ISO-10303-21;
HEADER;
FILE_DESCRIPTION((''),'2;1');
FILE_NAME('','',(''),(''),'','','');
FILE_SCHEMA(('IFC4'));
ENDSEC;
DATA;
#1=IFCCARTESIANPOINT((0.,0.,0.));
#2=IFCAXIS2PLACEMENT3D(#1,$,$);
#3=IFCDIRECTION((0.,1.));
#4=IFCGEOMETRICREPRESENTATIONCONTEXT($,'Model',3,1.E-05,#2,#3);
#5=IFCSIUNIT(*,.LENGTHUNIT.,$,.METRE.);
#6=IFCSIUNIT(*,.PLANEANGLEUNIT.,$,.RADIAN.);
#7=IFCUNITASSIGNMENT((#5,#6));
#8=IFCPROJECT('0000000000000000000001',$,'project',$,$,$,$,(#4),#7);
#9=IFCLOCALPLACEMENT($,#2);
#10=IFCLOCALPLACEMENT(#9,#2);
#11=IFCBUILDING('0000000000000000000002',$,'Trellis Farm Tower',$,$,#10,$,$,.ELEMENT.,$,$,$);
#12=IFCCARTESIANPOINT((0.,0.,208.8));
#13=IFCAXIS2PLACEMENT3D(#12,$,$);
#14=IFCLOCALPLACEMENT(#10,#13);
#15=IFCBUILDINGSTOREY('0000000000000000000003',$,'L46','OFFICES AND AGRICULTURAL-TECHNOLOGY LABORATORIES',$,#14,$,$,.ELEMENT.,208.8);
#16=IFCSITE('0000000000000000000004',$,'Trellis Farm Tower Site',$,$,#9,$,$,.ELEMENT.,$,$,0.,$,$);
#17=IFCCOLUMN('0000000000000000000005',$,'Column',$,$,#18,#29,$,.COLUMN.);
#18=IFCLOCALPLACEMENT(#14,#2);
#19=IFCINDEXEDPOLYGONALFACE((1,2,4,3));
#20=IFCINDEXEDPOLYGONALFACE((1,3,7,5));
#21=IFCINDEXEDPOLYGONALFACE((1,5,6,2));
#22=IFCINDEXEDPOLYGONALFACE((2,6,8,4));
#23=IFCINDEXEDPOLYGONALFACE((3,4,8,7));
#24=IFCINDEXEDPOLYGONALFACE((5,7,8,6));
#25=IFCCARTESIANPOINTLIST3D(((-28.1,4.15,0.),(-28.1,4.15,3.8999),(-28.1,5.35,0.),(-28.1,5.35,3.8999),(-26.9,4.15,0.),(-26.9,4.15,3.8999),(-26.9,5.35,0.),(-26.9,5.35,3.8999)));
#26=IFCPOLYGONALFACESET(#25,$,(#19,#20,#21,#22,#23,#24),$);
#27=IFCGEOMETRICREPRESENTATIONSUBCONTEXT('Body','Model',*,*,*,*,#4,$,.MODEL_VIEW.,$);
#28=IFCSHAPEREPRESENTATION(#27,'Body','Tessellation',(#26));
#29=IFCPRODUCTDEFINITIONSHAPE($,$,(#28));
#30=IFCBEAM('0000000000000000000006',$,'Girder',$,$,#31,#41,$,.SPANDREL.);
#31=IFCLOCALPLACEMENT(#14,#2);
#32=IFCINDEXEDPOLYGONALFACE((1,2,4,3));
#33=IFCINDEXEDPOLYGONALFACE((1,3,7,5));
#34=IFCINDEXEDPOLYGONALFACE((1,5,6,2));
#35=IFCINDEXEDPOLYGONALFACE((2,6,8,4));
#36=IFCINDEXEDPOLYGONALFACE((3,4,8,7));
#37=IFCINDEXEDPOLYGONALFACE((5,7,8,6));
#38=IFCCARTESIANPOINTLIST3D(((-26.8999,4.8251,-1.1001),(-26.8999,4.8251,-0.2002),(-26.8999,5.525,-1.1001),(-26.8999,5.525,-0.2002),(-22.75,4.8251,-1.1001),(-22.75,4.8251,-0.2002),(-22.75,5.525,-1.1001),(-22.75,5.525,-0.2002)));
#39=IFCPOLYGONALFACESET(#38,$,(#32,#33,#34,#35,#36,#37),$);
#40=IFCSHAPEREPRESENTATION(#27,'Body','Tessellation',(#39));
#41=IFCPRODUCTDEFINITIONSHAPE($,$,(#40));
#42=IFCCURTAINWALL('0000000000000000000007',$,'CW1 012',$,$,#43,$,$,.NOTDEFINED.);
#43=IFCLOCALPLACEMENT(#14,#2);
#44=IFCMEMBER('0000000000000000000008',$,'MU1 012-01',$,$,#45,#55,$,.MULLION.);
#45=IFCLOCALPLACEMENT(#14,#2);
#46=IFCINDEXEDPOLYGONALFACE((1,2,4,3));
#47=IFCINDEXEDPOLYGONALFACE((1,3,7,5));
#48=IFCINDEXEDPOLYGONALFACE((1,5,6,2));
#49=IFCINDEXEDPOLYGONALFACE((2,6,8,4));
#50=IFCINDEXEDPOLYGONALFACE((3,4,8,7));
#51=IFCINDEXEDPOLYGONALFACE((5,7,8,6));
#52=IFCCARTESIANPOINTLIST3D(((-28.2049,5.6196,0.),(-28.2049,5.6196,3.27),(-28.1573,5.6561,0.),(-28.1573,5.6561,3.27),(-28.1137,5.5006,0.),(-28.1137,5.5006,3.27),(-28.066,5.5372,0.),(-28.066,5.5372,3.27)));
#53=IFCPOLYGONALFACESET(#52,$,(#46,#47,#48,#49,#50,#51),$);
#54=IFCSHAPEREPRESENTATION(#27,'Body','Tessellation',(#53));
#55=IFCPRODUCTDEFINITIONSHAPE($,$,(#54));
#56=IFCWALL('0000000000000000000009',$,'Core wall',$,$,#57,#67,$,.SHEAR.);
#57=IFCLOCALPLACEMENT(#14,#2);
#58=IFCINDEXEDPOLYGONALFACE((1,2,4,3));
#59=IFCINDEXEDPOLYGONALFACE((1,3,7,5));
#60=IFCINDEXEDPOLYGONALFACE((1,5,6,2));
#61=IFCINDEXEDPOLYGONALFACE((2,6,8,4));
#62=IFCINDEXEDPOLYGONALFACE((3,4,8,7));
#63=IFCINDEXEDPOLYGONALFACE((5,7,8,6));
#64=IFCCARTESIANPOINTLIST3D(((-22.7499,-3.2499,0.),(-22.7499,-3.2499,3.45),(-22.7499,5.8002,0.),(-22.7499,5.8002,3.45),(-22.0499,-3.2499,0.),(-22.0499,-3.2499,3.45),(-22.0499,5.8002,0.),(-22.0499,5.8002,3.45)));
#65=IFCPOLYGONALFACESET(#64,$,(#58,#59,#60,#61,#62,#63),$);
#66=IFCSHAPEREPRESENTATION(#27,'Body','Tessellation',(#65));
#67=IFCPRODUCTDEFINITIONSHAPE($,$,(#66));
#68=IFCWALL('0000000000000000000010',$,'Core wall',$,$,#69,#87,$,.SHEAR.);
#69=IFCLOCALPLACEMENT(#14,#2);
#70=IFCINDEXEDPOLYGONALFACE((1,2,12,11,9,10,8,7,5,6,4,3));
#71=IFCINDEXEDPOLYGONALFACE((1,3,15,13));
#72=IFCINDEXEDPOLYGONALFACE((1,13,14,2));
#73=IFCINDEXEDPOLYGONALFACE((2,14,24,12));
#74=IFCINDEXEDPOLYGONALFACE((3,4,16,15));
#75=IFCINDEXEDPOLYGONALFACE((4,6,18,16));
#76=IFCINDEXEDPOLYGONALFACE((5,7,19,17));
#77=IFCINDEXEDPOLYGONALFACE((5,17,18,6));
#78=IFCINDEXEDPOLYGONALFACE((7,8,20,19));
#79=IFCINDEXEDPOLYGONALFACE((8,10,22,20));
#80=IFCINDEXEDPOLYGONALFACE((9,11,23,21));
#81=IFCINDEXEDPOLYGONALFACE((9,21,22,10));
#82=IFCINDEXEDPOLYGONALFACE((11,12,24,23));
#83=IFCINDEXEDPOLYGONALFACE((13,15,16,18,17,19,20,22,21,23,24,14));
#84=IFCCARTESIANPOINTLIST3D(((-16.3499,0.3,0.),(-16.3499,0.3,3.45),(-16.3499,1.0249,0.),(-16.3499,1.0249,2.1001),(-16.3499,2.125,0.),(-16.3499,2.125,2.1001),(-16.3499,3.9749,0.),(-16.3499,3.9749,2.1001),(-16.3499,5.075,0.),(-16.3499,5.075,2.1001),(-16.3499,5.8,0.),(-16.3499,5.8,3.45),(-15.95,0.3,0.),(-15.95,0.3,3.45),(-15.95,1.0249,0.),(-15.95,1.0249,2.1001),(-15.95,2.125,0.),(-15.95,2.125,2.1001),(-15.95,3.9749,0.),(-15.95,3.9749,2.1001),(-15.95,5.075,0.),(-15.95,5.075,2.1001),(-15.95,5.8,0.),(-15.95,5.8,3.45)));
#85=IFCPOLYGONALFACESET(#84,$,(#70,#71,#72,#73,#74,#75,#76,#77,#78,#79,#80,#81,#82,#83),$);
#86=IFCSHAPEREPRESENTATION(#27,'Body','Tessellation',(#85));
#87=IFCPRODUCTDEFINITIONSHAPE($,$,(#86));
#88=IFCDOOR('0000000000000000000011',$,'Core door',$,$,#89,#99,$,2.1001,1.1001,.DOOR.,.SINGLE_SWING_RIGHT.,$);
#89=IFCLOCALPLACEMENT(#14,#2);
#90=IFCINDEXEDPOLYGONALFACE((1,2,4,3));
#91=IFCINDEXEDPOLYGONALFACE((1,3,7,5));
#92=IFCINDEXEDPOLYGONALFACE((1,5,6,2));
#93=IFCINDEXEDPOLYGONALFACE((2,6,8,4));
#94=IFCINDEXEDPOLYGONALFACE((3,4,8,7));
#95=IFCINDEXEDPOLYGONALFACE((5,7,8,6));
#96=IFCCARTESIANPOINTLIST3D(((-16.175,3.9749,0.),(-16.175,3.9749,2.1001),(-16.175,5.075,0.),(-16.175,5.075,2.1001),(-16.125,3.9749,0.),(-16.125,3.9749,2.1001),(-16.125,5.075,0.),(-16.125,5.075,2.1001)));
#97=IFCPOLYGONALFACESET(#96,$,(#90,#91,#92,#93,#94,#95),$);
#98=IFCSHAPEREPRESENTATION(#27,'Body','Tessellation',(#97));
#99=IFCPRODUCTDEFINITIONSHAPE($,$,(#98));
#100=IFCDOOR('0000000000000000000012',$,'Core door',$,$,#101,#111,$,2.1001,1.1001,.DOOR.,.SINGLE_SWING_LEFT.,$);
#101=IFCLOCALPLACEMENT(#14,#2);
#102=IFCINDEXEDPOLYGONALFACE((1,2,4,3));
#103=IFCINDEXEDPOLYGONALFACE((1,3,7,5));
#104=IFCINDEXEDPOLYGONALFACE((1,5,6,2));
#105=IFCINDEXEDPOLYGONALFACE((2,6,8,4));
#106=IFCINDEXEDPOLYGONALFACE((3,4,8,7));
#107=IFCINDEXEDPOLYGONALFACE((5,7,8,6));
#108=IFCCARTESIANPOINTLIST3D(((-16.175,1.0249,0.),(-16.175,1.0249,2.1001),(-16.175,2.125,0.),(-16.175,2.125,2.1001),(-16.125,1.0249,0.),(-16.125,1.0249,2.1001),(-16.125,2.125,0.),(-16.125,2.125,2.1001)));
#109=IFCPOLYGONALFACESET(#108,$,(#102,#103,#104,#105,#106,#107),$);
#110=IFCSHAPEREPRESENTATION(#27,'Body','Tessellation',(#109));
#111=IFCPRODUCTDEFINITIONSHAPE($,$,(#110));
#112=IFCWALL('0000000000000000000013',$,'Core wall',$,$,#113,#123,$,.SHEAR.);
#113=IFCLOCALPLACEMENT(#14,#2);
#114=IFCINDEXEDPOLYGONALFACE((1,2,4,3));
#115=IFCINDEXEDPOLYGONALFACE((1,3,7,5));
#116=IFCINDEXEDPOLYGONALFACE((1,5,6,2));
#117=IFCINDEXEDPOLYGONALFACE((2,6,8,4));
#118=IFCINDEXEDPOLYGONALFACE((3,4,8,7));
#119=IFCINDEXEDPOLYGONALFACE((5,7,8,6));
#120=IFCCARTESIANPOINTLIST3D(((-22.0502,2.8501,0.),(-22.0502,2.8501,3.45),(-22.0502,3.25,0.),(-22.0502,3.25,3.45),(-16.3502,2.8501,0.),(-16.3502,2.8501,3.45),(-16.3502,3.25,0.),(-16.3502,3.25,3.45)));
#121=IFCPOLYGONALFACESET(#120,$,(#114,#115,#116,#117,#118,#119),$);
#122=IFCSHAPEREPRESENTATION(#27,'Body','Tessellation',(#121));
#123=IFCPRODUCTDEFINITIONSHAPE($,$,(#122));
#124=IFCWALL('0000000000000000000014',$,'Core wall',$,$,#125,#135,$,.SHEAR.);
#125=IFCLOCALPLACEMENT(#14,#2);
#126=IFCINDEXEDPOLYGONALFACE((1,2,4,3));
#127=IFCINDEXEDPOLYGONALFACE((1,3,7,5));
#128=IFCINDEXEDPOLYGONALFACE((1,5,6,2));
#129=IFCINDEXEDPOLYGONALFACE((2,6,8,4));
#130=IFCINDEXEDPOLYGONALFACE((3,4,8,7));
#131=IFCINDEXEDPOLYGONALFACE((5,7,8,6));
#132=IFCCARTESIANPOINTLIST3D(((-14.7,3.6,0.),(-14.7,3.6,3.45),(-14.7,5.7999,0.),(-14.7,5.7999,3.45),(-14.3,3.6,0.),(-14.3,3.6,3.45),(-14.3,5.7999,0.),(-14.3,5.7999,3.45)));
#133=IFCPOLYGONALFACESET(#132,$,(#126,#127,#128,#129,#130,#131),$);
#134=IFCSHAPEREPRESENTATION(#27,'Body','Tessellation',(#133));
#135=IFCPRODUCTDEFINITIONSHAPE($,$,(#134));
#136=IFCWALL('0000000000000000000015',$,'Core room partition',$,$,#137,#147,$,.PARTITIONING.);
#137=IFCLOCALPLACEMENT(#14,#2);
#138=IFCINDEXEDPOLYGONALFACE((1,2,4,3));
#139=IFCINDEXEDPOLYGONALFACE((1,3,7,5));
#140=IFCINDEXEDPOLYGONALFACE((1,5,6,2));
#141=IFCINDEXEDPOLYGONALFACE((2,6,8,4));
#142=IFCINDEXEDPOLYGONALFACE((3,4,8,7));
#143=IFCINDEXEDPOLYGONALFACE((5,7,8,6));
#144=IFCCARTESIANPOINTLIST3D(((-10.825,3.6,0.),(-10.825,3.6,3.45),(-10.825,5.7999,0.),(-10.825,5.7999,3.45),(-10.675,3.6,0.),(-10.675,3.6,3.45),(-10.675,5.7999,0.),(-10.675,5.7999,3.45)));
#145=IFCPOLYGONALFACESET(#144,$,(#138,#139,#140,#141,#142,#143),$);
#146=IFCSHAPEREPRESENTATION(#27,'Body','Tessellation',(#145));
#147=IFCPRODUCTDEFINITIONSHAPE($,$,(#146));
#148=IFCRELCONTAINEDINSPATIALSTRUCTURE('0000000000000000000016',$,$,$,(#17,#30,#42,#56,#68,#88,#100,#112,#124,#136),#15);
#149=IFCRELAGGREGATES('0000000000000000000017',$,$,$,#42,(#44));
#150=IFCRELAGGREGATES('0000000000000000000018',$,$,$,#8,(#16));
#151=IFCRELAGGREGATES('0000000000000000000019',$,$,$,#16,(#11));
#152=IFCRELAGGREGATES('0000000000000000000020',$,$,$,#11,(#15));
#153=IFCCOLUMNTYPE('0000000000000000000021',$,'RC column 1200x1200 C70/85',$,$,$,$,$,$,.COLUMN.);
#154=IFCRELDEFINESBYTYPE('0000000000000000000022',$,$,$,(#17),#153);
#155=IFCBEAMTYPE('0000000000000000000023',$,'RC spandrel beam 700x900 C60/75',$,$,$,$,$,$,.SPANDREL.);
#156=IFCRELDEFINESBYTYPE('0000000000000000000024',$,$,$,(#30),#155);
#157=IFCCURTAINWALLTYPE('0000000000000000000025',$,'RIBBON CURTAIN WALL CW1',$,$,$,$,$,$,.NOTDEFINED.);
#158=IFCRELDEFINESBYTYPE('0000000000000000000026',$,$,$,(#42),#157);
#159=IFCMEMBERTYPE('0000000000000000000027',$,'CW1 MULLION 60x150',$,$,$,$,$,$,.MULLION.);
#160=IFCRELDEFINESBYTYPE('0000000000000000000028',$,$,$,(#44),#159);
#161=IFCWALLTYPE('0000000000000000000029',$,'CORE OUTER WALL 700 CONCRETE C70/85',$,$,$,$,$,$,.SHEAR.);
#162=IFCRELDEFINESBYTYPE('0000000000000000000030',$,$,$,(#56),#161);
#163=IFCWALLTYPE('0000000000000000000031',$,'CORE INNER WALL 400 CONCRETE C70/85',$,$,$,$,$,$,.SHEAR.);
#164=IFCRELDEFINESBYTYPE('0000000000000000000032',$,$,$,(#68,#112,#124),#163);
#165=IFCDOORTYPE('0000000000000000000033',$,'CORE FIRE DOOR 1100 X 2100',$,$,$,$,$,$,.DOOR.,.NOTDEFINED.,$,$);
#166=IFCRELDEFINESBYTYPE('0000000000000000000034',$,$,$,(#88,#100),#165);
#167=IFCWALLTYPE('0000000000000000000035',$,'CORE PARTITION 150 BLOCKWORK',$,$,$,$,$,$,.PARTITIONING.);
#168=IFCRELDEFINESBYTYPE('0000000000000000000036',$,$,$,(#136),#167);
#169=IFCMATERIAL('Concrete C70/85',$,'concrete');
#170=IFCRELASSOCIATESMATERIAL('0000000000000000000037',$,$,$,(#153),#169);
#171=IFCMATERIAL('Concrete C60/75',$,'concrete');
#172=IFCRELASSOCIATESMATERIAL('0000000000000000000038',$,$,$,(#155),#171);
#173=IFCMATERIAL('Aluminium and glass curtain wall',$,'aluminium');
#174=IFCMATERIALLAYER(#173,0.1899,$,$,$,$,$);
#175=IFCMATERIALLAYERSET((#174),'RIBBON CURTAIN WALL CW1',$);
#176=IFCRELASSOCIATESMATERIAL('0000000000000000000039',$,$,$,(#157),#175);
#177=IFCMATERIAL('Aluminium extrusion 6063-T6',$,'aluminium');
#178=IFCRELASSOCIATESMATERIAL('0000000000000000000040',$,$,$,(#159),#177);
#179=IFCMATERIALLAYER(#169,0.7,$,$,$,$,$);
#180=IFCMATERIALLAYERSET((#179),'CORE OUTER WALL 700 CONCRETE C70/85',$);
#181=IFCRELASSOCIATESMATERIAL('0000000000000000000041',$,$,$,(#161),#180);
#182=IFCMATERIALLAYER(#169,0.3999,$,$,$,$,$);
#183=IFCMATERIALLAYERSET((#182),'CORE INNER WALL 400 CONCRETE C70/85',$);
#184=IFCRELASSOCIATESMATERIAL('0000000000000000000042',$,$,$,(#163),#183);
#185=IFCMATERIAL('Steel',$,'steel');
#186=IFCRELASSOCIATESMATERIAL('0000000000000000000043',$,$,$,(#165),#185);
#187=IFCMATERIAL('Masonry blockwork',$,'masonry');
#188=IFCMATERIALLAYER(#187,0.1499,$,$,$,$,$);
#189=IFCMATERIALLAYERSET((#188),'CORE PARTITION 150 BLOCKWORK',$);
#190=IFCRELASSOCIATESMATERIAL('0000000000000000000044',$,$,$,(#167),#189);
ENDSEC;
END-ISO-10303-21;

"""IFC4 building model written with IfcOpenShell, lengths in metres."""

from ifc_helpers import new_model, si_unit, direction, frame, frame_2d, origin, origin_2d, place, context, subcontext, project, spatial, rectangle, extrude, source, transform, mapped, material, layer, layer_set, material_profile, profile_set, type_object, element, fill, aggregate, save


model = new_model("IFC4")

# Units and contexts
model_context = context("Model", 3, precision=1e-05, world=origin(), true_north=direction((0.0, 1.0)))
body_context = subcontext(model_context, "Body", "Model", "MODEL_VIEW")
ifc_project = project(units=[si_unit("LENGTHUNIT", "METRE"), si_unit("PLANEANGLEUNIT", "RADIAN")], contexts=[model_context])

# Site, building, storey
site_placement = place(None, origin())
site = spatial("IfcSite", under=ifc_project, at=site_placement, Name="Trellis Farm Tower Site", CompositionType="ELEMENT", RefElevation=0.0)
building_placement = place(site_placement, origin())
building = spatial("IfcBuilding", under=site, at=building_placement, Name="Trellis Farm Tower", CompositionType="ELEMENT")
storey_placement = place(building_placement, frame((0.0, 0.0, 208.8)))
storey = spatial("IfcBuildingStorey", under=building, at=storey_placement, Name="L46", Description="OFFICES AND AGRICULTURAL-TECHNOLOGY LABORATORIES", CompositionType="ELEMENT", Elevation=208.8)

# Column
ifc_material_1 = material(Name="Concrete C70/85", Category="concrete")
ifc_material_profile_1 = material_profile(ifc_material_1, rectangle(XDim=1.2, YDim=1.2, at=origin_2d()), Name="RC column 1200x1200 C70/85")
ifc_profile_set_1 = profile_set([ifc_material_profile_1], Name="Concrete C70/85")
column_type = type_object("IfcColumnType", Name="RC column 1200x1200 C70/85", PredefinedType="COLUMN", material=ifc_profile_set_1)
shared_shape_1 = source(origin(), body_context, "Body", "SweptSolid", [
    extrude(rectangle(XDim=1.2, YDim=1.2, at=origin_2d()), origin(), (0.0, 0.0, 1.0), 3.8999),
])
column_placement = place(storey_placement, frame((-27.5, 4.75, 0.0), z_axis=(0.0, 0.0, 1.0), x_axis=(1.0, 0.0, 0.0)))
element("IfcColumn", 1, at=column_placement, inside=storey, type_object=column_type, Name="Column", PredefinedType="COLUMN", context=body_context, shape_type="MappedRepresentation", body=[
    mapped(shared_shape_1, transform((0.0, 0.0, 0.0))),
])

# Beam
ifc_material_2 = material(Name="Concrete C60/75", Category="concrete")
ifc_material_profile_2 = material_profile(ifc_material_2, rectangle(XDim=0.7, YDim=0.8999, at=origin_2d()), Name="RC spandrel beam 700x900 C60/75")
ifc_profile_set_2 = profile_set([ifc_material_profile_2], Name="Concrete C60/75")
beam_type = type_object("IfcBeamType", Name="RC spandrel beam 700x900 C60/75", PredefinedType="SPANDREL", material=ifc_profile_set_2)
shared_shape_2 = source(origin(), body_context, "Body", "SweptSolid", [
    extrude(rectangle(XDim=0.7, YDim=0.8999, at=origin_2d()), origin(), (0.0, 0.0, 1.0), 4.1499),
])
beam_placement = place(storey_placement, frame((-26.8999, 5.175, -0.6501), z_axis=(1.0, 0.0, 0.0), x_axis=(0.0, 1.0, 0.0)))
element("IfcBeam", 2, at=beam_placement, inside=storey, type_object=beam_type, Name="Girder", PredefinedType="SPANDREL", context=body_context, shape_type="MappedRepresentation", body=[
    mapped(shared_shape_2, transform((0.0, 0.0, 0.0))),
])

# Curtain wall, member
ifc_material_3 = material(Name="Aluminium and glass curtain wall", Category="aluminium")
ifc_layer_1 = layer(ifc_material_3, 0.1899)
ifc_layer_set_1 = layer_set([ifc_layer_1], Name="RIBBON CURTAIN WALL CW1")
curtain_wall_type = type_object("IfcCurtainWallType", Name="RIBBON CURTAIN WALL CW1", PredefinedType="NOTDEFINED", material=ifc_layer_set_1)
placement = place(storey_placement, origin())
curtain_wall = element("IfcCurtainWall", 3, at=placement, inside=storey, type_object=curtain_wall_type, Name="CW1 012", PredefinedType="NOTDEFINED")
ifc_material_4 = material(Name="Aluminium extrusion 6063-T6", Category="aluminium")
ifc_material_profile_3 = material_profile(ifc_material_4, rectangle(XDim=0.0601, YDim=0.1499, at=origin_2d()), Name="MULLION 60x150")
ifc_profile_set_3 = profile_set([ifc_material_profile_3], Name="Aluminium extrusion 6063-T6")
member_type = type_object("IfcMemberType", Name="CW1 MULLION 60x150", PredefinedType="MULLION", material=ifc_profile_set_3)
shared_shape_3 = source(origin(), body_context, "Body", "SweptSolid", [
    extrude(rectangle(XDim=0.0601, YDim=0.1499, at=origin_2d()), origin(), (0.0, 0.0, 1.0), 3.27),
])
member_placement = place(storey_placement, frame((-28.1355, 5.5784, 0.0), z_axis=(0.0, 0.0, 1.0), x_axis=(-0.793353, -0.608761, 0.0)))
member = element("IfcMember", 4, at=member_placement, type_object=member_type, Name="MU1 012-01", PredefinedType="MULLION", context=body_context, shape_type="MappedRepresentation", body=[
    mapped(shared_shape_3, transform((0.0, 0.0, 0.0))),
])
aggregate(curtain_wall, [member])

# Wall
ifc_layer_2 = layer(ifc_material_1, 0.7)
ifc_layer_set_2 = layer_set([ifc_layer_2], Name="CORE OUTER WALL 700 CONCRETE C70/85")
wall_type_1 = type_object("IfcWallType", Name="CORE OUTER WALL 700 CONCRETE C70/85", PredefinedType="SHEAR", material=ifc_layer_set_2)
shared_shape_4 = source(origin(), body_context, "Body", "SweptSolid", [
    extrude(rectangle(XDim=9.05, YDim=0.7, at=frame_2d((4.5249, 0.0))), origin(), (0.0, 0.0, 1.0), 3.45),
])
wall_1_placement = place(storey_placement, frame((-22.3999, 5.8, 0.0), z_axis=(0.0, 0.0, 1.0), x_axis=(0.0, -1.0, 0.0)))
element("IfcWall", 5, at=wall_1_placement, inside=storey, type_object=wall_type_1, Name="Core wall", PredefinedType="SHEAR", context=body_context, shape_type="MappedRepresentation", body=[
    mapped(shared_shape_4, transform((0.0, 0.0, 0.0))),
])

# Wall, openings, doors
ifc_layer_3 = layer(ifc_material_1, 0.3999)
ifc_layer_set_3 = layer_set([ifc_layer_3], Name="CORE INNER WALL 400 CONCRETE C70/85")
wall_type_2 = type_object("IfcWallType", Name="CORE INNER WALL 400 CONCRETE C70/85", PredefinedType="SHEAR", material=ifc_layer_set_3)
shared_shape_5 = source(origin(), body_context, "Body", "SweptSolid", [
    extrude(rectangle(XDim=5.5, YDim=0.3999, at=frame_2d((2.75, 0.0))), origin(), (0.0, 0.0, 1.0), 3.45),
])
wall_2_placement = place(storey_placement, frame((-16.1499, 5.8, 0.0), z_axis=(0.0, 0.0, 1.0), x_axis=(0.0, -1.0, 0.0)))
wall_2 = element("IfcWall", 6, at=wall_2_placement, inside=storey, type_object=wall_type_2, Name="Core wall", PredefinedType="SHEAR", context=body_context, shape_type="MappedRepresentation", body=[
    mapped(shared_shape_5, transform((0.0, 0.0, 0.0))),
])
shared_shape_6 = source(origin(), body_context, "Body", "SweptSolid", [
    extrude(rectangle(XDim=1.1001, YDim=2.1001, at=frame_2d((0.55, 1.05))), frame((0.0, 0.21, 0.0), z_axis=(0.0, -1.0, 0.0), x_axis=(1.0, 0.0, 0.0)), (0.0, 0.0, 1.0), 0.4199),
])
opening_1_placement = place(wall_2_placement, frame((0.7251, 0.0, 0.0)))
opening_1 = element("IfcOpeningElement", 7, at=opening_1_placement, cuts=wall_2, PredefinedType="OPENING", context=body_context, shape_type="MappedRepresentation", body=[
    mapped(shared_shape_6, transform((0.0, 0.0, 0.0))),
])
opening_2_placement = place(wall_2_placement, frame((3.675, 0.0, 0.0)))
opening_2 = element("IfcOpeningElement", 8, at=opening_2_placement, cuts=wall_2, PredefinedType="OPENING", context=body_context, shape_type="MappedRepresentation", body=[
    mapped(shared_shape_6, transform((0.0, 0.0, 0.0))),
])
ifc_material_5 = material(Name="Steel", Category="steel")
door_type = type_object("IfcDoorType", Name="CORE FIRE DOOR 1100 X 2100", OperationType="NOTDEFINED", PredefinedType="DOOR", material=ifc_material_5)
shared_shape_7 = source(origin(), body_context, "Body", "SweptSolid", [
    extrude(rectangle(XDim=1.1001, YDim=2.1001, at=frame_2d((0.55, 1.05))), frame((0.0, 0.0249, 0.0), z_axis=(0.0, -1.0, 0.0), x_axis=(1.0, 0.0, 0.0)), (0.0, 0.0, 1.0), 0.05),
])
door_1_placement = place(opening_1_placement, origin())
door_1 = element("IfcDoor", 9, at=door_1_placement, inside=storey, type_object=door_type, Name="Core door", OperationType="SINGLE_SWING_RIGHT", OverallHeight=2.1001, OverallWidth=1.1001, PredefinedType="DOOR", context=body_context, shape_type="MappedRepresentation", body=[
    mapped(shared_shape_7, transform((0.0, 0.0, 0.0))),
])
fill(opening_1, door_1)
door_2_placement = place(opening_2_placement, origin())
door_2 = element("IfcDoor", 10, at=door_2_placement, inside=storey, type_object=door_type, Name="Core door", OperationType="SINGLE_SWING_LEFT", OverallHeight=2.1001, OverallWidth=1.1001, PredefinedType="DOOR", context=body_context, shape_type="MappedRepresentation", body=[
    mapped(shared_shape_7, transform((0.0, 0.0, 0.0))),
])
fill(opening_2, door_2)

# Walls
shared_shape_8 = source(origin(), body_context, "Body", "SweptSolid", [
    extrude(rectangle(XDim=5.7, YDim=0.3999, at=frame_2d((2.8501, 0.0))), origin(), (0.0, 0.0, 1.0), 3.45),
])
wall_3_placement = place(storey_placement, frame((-16.3501, 3.05, 0.0), z_axis=(0.0, 0.0, 1.0), x_axis=(-1.0, 0.0, 0.0)))
element("IfcWall", 11, at=wall_3_placement, inside=storey, type_object=wall_type_2, Name="Core wall", PredefinedType="SHEAR", context=body_context, shape_type="MappedRepresentation", body=[
    mapped(shared_shape_8, transform((0.0, 0.0, 0.0))),
])
shared_shape_9 = source(origin(), body_context, "Body", "SweptSolid", [
    extrude(rectangle(XDim=2.2, YDim=0.3999, at=frame_2d((1.1001, 0.0))), origin(), (0.0, 0.0, 1.0), 3.45),
])
wall_4_placement = place(storey_placement, frame((-14.5, 5.8, 0.0), z_axis=(0.0, 0.0, 1.0), x_axis=(0.0, -1.0, 0.0)))
element("IfcWall", 12, at=wall_4_placement, inside=storey, type_object=wall_type_2, Name="Core wall", PredefinedType="SHEAR", context=body_context, shape_type="MappedRepresentation", body=[
    mapped(shared_shape_9, transform((0.0, 0.0, 0.0))),
])
ifc_material_6 = material(Name="Masonry blockwork", Category="masonry")
ifc_layer_4 = layer(ifc_material_6, 0.1499)
ifc_layer_set_4 = layer_set([ifc_layer_4], Name="CORE PARTITION 150 BLOCKWORK")
wall_type_3 = type_object("IfcWallType", Name="CORE PARTITION 150 BLOCKWORK", PredefinedType="PARTITIONING", material=ifc_layer_set_4)
shared_shape_10 = source(origin(), body_context, "Body", "SweptSolid", [
    extrude(rectangle(XDim=2.2, YDim=0.1499, at=frame_2d((1.1001, 0.0))), origin(), (0.0, 0.0, 1.0), 3.45),
])
wall_5_placement = place(storey_placement, frame((-10.75, 5.8, 0.0), z_axis=(0.0, 0.0, 1.0), x_axis=(0.0, -1.0, 0.0)))
element("IfcWall", 13, at=wall_5_placement, inside=storey, type_object=wall_type_3, Name="Core room partition", PredefinedType="PARTITIONING", context=body_context, shape_type="MappedRepresentation", body=[
    mapped(shared_shape_10, transform((0.0, 0.0, 0.0))),
])

save(model, "model.ifc")
